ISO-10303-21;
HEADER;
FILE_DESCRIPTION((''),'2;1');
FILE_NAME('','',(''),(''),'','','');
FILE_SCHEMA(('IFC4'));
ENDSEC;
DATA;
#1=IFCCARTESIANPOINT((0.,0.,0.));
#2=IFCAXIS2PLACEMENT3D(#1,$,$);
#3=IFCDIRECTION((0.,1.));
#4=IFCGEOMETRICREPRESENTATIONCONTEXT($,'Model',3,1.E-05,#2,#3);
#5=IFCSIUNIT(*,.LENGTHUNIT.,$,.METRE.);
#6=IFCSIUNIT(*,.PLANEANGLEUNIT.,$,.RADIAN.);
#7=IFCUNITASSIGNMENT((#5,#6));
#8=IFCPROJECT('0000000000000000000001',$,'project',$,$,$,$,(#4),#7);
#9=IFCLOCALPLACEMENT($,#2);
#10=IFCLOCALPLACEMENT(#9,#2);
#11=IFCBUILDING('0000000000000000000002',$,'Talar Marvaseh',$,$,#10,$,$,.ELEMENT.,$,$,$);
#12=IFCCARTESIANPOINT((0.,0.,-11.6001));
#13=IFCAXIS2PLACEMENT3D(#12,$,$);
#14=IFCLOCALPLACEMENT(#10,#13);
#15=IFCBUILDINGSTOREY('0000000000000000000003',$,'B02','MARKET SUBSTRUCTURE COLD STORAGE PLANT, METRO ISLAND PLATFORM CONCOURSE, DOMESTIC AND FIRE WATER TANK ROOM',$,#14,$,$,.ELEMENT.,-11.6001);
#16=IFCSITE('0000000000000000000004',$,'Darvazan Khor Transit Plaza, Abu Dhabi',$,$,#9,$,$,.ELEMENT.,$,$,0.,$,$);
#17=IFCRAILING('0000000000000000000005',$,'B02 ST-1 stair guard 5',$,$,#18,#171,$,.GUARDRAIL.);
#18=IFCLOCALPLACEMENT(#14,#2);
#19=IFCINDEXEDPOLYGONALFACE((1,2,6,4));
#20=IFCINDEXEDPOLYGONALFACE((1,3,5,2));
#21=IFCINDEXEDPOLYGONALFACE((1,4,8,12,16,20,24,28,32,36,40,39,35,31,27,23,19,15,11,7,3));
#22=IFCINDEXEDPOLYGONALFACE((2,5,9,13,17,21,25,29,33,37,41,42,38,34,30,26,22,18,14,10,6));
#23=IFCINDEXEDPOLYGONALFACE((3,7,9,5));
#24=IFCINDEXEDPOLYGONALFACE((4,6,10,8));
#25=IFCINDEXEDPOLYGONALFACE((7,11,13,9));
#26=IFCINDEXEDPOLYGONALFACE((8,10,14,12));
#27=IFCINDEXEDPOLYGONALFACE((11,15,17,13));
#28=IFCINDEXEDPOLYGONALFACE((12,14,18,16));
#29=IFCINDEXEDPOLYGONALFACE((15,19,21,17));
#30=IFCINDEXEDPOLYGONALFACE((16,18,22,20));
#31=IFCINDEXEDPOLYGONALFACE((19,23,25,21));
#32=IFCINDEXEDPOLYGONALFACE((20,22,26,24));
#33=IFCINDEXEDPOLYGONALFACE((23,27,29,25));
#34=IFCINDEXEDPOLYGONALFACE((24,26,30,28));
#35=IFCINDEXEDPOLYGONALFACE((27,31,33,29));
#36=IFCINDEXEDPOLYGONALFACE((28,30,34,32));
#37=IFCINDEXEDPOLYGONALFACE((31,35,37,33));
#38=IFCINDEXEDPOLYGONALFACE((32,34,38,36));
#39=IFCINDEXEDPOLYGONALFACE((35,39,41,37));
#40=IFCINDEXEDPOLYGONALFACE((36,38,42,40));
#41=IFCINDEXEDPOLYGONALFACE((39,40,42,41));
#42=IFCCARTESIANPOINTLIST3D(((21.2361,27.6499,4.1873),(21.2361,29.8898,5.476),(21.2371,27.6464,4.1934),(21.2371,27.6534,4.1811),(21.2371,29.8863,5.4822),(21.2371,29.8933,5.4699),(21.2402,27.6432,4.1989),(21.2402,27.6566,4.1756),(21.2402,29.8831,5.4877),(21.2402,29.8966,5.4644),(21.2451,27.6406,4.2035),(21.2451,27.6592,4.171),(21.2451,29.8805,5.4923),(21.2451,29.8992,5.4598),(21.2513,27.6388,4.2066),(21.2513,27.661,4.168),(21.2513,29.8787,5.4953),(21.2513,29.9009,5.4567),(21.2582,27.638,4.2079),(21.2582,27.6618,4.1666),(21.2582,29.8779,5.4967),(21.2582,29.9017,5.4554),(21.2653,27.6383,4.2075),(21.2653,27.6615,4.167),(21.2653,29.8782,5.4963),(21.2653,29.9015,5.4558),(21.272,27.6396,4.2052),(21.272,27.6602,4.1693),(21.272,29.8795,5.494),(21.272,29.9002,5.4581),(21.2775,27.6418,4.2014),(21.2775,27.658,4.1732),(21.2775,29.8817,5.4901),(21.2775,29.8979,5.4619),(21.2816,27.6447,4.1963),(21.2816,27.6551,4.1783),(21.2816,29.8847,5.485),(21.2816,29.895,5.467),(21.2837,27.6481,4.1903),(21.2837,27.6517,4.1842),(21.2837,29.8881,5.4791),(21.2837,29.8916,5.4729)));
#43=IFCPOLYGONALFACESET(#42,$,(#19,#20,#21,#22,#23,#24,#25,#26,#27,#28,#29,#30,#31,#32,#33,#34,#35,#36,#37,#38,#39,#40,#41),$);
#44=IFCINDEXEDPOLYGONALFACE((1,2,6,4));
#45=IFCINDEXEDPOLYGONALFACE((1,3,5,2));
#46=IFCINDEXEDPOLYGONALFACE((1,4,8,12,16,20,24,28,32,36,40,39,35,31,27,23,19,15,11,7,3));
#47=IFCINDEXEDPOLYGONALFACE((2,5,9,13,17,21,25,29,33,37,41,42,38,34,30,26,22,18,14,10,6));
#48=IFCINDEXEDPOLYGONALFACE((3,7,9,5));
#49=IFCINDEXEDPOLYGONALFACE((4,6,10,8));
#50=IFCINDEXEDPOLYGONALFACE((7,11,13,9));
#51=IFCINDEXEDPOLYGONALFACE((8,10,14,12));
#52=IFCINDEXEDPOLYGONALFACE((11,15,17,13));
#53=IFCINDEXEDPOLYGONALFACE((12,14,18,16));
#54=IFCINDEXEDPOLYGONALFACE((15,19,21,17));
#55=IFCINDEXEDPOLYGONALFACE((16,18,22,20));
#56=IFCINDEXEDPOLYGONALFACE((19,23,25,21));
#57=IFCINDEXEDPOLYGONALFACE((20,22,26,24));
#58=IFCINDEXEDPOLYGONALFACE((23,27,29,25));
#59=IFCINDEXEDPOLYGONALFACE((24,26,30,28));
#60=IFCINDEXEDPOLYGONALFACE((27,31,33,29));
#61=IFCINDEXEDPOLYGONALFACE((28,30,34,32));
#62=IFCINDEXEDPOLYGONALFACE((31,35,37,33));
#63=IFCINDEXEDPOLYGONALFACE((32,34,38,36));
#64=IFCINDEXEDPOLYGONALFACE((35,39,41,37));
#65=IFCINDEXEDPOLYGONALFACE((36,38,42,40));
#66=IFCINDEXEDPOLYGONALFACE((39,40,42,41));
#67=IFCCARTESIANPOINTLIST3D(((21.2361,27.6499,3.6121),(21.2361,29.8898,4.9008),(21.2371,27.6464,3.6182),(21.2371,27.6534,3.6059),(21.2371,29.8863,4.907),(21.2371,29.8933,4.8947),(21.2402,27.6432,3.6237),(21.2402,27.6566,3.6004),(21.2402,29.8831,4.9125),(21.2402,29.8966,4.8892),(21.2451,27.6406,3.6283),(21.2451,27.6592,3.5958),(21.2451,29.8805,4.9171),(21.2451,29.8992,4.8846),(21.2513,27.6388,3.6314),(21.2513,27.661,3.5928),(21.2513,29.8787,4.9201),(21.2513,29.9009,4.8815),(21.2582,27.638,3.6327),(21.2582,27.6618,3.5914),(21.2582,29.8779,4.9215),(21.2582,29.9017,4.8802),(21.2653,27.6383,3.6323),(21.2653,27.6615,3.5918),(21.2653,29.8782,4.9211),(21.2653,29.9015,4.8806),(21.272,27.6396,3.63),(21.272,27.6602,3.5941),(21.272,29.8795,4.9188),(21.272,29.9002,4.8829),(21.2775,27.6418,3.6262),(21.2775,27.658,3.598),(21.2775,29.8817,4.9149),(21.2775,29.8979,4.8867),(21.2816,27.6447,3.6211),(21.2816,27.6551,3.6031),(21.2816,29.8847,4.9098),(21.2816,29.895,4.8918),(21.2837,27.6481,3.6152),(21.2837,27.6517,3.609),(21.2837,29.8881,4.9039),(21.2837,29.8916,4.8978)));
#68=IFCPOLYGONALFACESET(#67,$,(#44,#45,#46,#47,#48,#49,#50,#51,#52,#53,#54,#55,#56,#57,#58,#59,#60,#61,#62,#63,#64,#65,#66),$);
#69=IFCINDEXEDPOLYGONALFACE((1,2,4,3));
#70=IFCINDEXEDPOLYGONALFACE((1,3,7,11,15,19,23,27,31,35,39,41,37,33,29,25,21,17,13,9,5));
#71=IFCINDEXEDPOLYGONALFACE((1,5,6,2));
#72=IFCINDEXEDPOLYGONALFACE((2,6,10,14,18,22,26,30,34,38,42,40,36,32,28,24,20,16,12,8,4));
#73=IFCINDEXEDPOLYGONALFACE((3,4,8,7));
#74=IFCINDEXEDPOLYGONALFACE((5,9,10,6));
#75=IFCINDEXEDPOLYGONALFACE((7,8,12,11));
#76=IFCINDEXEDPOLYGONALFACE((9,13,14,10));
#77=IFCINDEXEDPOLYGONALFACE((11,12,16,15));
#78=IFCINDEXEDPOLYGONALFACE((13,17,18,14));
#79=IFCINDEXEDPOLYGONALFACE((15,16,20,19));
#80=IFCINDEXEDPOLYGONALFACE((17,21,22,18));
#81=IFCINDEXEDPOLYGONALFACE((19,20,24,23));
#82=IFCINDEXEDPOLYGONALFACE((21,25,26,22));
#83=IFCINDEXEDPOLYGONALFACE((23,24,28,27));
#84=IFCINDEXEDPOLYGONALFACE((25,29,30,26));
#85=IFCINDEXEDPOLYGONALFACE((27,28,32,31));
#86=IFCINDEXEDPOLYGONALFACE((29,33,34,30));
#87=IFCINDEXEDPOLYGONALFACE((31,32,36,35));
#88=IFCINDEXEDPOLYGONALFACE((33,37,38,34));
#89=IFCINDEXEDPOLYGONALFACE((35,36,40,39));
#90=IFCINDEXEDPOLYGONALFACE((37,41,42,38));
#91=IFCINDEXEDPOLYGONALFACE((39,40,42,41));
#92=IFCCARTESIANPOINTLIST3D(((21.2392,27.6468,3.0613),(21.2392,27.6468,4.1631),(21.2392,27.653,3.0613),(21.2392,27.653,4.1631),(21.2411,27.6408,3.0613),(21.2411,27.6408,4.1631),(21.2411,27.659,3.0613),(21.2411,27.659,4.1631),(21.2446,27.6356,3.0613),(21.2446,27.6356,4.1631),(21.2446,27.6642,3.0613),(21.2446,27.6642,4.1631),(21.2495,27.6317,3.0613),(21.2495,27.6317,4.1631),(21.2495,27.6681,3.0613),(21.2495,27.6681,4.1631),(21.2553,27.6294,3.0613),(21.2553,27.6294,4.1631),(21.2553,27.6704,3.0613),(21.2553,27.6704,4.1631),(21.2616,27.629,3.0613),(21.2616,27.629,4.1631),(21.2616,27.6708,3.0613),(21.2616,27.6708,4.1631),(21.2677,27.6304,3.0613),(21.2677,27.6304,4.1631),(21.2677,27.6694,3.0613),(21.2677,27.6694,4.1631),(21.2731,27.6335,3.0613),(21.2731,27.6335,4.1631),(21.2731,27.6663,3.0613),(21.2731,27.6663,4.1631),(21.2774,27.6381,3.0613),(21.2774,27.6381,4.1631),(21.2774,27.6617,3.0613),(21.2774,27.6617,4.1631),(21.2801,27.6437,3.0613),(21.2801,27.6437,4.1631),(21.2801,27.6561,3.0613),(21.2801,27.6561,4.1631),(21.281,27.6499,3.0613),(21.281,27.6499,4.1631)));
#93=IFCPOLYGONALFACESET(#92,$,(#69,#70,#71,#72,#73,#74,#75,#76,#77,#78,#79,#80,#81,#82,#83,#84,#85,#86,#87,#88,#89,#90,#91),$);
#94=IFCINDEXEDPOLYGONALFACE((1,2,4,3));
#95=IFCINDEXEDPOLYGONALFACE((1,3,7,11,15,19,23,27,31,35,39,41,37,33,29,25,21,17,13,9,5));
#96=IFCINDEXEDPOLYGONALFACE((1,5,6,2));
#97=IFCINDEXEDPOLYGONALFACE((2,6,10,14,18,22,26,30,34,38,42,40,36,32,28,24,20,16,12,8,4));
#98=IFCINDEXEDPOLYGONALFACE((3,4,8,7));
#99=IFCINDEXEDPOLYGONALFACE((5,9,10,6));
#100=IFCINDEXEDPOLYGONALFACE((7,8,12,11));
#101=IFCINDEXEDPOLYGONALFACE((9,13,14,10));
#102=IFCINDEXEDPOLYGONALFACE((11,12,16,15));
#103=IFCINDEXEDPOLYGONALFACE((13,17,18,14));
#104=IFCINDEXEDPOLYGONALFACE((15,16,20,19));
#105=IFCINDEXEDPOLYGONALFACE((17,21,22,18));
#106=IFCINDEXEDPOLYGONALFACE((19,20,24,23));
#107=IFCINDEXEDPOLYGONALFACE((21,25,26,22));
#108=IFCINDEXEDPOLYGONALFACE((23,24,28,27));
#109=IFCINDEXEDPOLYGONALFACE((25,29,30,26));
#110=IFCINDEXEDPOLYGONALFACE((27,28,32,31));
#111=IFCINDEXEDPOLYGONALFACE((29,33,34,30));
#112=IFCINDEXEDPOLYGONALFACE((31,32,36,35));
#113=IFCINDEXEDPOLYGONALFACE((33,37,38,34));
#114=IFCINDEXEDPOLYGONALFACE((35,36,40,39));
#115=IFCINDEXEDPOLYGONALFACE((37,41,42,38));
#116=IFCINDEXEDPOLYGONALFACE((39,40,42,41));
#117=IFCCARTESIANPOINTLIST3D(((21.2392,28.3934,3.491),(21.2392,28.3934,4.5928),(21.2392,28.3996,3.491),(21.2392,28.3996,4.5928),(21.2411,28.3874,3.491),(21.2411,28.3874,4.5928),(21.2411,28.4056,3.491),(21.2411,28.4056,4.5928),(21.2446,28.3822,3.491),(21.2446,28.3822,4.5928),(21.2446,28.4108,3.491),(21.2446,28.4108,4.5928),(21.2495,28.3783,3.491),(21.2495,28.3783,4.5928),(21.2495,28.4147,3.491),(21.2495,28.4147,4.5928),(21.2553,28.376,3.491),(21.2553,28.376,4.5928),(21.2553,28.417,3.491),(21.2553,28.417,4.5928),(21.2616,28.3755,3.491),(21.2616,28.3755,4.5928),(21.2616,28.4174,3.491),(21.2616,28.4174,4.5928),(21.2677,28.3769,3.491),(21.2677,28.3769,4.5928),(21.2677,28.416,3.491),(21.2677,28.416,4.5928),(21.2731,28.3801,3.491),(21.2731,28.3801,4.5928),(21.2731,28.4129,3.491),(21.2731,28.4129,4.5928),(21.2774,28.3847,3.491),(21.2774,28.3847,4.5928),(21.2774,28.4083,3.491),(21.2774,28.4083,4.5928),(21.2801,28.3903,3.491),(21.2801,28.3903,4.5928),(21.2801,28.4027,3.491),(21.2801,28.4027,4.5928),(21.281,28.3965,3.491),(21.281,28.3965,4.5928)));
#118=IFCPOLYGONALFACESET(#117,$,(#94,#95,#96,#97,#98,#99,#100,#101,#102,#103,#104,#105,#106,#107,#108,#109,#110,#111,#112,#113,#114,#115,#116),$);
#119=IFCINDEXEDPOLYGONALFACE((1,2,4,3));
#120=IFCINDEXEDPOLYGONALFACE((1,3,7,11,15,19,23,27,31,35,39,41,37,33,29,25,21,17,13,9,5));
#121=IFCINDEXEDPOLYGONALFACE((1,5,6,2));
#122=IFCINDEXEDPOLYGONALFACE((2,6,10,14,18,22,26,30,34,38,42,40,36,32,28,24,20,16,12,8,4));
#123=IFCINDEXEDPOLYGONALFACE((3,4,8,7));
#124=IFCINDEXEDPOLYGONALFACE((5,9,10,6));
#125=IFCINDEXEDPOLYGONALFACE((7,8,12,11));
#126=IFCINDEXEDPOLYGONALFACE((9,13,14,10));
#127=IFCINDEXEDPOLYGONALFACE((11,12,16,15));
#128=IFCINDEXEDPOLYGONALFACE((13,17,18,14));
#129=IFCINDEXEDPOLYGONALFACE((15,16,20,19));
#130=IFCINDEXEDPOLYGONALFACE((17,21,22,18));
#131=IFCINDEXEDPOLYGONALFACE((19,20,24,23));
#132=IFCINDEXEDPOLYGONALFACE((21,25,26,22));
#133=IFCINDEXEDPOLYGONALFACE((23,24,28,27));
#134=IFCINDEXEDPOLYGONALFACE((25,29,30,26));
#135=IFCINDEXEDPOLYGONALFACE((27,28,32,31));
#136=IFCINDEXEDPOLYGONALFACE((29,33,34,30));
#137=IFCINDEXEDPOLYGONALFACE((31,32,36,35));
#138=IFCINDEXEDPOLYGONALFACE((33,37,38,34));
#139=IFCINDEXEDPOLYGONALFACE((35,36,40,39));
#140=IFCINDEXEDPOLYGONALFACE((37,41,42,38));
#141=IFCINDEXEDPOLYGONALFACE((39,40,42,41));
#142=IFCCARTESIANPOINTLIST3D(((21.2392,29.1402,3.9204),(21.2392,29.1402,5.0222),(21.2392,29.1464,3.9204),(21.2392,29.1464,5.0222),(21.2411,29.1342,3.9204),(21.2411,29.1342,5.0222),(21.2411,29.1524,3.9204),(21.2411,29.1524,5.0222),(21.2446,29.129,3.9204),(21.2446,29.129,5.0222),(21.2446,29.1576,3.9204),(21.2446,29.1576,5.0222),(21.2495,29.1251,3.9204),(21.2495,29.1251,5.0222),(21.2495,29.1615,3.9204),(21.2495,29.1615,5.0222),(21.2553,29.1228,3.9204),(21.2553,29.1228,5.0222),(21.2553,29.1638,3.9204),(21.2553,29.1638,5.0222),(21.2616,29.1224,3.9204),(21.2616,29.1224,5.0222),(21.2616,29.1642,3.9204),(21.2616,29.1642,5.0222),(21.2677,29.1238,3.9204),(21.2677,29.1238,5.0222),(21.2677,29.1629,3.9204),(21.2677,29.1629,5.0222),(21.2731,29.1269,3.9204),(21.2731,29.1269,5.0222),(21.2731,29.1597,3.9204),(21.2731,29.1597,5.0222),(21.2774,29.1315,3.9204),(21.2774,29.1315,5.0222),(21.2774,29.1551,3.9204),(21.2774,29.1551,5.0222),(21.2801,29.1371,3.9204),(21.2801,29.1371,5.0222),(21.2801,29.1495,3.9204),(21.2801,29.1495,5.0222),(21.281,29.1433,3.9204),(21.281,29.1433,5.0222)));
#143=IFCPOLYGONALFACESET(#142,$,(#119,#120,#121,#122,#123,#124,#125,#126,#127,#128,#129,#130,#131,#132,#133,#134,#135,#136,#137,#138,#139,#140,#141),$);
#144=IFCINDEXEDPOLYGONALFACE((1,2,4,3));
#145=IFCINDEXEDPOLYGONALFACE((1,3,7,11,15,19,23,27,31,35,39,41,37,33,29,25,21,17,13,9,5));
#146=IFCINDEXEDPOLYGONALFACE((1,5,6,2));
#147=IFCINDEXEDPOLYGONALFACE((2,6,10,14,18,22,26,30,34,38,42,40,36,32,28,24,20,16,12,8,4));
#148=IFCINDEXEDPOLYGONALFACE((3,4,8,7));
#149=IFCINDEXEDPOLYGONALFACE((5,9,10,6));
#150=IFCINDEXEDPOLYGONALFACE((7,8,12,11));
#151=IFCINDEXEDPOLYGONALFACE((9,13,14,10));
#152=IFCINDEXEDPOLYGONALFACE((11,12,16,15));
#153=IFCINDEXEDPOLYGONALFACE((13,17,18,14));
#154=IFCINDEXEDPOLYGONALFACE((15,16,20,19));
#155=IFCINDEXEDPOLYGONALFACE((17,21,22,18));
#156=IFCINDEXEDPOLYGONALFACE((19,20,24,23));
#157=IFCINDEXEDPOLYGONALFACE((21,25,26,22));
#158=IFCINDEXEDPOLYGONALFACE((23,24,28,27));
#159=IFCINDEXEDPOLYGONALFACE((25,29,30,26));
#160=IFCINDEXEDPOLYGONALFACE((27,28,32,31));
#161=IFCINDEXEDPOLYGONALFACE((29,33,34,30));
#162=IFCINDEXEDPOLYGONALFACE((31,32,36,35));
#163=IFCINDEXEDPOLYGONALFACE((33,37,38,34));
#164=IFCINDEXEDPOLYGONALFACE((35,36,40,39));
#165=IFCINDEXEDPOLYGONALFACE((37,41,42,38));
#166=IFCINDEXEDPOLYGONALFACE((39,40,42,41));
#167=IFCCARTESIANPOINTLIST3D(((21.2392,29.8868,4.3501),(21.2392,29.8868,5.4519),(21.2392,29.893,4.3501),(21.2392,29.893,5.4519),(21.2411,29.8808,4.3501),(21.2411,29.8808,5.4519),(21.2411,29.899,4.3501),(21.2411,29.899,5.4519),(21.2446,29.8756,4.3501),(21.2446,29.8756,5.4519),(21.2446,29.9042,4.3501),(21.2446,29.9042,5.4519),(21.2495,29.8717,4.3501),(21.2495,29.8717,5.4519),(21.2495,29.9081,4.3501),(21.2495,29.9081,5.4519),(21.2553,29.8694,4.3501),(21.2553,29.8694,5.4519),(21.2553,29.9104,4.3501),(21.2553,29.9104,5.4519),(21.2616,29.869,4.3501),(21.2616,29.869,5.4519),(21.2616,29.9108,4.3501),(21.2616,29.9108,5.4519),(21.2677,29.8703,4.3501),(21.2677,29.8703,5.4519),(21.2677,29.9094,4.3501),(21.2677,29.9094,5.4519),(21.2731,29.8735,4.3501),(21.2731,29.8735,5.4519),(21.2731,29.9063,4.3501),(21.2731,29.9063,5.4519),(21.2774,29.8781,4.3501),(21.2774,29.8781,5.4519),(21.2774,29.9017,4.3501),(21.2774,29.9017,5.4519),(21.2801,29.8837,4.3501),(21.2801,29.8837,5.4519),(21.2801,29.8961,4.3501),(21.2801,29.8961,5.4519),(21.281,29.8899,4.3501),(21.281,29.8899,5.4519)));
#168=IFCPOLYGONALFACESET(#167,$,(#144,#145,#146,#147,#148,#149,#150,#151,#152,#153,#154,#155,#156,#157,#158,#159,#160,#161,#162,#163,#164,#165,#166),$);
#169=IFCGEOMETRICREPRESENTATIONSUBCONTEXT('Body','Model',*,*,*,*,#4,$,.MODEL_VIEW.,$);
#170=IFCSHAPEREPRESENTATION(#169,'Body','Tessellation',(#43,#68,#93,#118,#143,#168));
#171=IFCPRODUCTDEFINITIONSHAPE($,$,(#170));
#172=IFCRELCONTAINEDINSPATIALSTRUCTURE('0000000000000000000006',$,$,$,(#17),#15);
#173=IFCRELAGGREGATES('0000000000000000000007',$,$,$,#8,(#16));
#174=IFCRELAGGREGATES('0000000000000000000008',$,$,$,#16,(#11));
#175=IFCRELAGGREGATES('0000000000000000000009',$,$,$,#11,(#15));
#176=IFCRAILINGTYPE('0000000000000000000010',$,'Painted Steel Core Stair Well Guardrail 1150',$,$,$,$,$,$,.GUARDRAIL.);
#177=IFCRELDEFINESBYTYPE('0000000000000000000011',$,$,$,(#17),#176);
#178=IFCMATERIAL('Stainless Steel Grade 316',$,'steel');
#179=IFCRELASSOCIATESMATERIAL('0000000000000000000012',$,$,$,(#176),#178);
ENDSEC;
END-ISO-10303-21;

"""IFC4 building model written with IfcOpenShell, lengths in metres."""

from ifc_helpers import new_model, si_unit, direction, frame, origin, origin_2d, place, context, subcontext, project, spatial, circle, extrude, material, type_object, element, save


model = new_model("IFC4")

# Units and contexts
model_context = context("Model", 3, precision=1e-05, world=origin(), true_north=direction((0.0, 1.0)))
body_context = subcontext(model_context, "Body", "Model", "MODEL_VIEW")
ifc_project = project(units=[si_unit("LENGTHUNIT", "METRE"), si_unit("PLANEANGLEUNIT", "RADIAN")], contexts=[model_context])

# Site, building, storey
site_placement = place(None, origin())
site = spatial("IfcSite", under=ifc_project, at=site_placement, Name="Darvazan Khor Transit Plaza, Abu Dhabi", CompositionType="ELEMENT", RefElevation=0.0)
building_placement = place(site_placement, origin())
building = spatial("IfcBuilding", under=site, at=building_placement, Name="Talar Marvaseh", CompositionType="ELEMENT")
storey_placement = place(building_placement, frame((0.0, 0.0, -11.6001)))
storey = spatial("IfcBuildingStorey", under=building, at=storey_placement, Name="B02", Description="MARKET SUBSTRUCTURE COLD STORAGE PLANT, METRO ISLAND PLATFORM CONCOURSE, DOMESTIC AND FIRE WATER TANK ROOM", CompositionType="ELEMENT", Elevation=-11.6001)

# Railing
ifc_material_1 = material(Name="Stainless Steel Grade 316", Category="steel")
railing_type_1 = type_object("IfcRailingType", Name="Painted Steel Core Stair Well Guardrail 1150", PredefinedType="GUARDRAIL", material=ifc_material_1)
railing_1_placement = place(storey_placement, frame((21.26, 27.6499, 3.0613)))
element("IfcRailing", 1, at=railing_1_placement, inside=storey, type_object=railing_type_1, Name="B02 ST-1 stair guard 5", PredefinedType="GUARDRAIL", context=body_context, shape_type="SweptSolid", body=[
    extrude(circle(Radius=0.0239, at=origin_2d()), frame((0.0, 0.0, 1.126), z_axis=(0.0, 0.866768, 0.498711), x_axis=(-1.0, 0.0, 0.0)), (0.0, 0.0, 1.0), 2.5842),
    extrude(circle(Radius=0.0239, at=origin_2d()), frame((0.0, 0.0, 0.5508), z_axis=(0.0, 0.866768, 0.498711), x_axis=(-1.0, 0.0, 0.0)), (0.0, 0.0, 1.0), 2.5842),
    extrude(circle(Radius=0.021, at=origin_2d()), origin(), (0.0, 0.0, 1.0), 1.1018),
    extrude(circle(Radius=0.021, at=origin_2d()), frame((0.0, 0.7466, 0.4297)), (0.0, 0.0, 1.0), 1.1018),
    extrude(circle(Radius=0.021, at=origin_2d()), frame((0.0, 1.4934, 0.8591)), (0.0, 0.0, 1.0), 1.1018),
    extrude(circle(Radius=0.021, at=origin_2d()), frame((0.0, 2.24, 1.2888)), (0.0, 0.0, 1.0), 1.1018),
])

save(model, "model.ifc")
